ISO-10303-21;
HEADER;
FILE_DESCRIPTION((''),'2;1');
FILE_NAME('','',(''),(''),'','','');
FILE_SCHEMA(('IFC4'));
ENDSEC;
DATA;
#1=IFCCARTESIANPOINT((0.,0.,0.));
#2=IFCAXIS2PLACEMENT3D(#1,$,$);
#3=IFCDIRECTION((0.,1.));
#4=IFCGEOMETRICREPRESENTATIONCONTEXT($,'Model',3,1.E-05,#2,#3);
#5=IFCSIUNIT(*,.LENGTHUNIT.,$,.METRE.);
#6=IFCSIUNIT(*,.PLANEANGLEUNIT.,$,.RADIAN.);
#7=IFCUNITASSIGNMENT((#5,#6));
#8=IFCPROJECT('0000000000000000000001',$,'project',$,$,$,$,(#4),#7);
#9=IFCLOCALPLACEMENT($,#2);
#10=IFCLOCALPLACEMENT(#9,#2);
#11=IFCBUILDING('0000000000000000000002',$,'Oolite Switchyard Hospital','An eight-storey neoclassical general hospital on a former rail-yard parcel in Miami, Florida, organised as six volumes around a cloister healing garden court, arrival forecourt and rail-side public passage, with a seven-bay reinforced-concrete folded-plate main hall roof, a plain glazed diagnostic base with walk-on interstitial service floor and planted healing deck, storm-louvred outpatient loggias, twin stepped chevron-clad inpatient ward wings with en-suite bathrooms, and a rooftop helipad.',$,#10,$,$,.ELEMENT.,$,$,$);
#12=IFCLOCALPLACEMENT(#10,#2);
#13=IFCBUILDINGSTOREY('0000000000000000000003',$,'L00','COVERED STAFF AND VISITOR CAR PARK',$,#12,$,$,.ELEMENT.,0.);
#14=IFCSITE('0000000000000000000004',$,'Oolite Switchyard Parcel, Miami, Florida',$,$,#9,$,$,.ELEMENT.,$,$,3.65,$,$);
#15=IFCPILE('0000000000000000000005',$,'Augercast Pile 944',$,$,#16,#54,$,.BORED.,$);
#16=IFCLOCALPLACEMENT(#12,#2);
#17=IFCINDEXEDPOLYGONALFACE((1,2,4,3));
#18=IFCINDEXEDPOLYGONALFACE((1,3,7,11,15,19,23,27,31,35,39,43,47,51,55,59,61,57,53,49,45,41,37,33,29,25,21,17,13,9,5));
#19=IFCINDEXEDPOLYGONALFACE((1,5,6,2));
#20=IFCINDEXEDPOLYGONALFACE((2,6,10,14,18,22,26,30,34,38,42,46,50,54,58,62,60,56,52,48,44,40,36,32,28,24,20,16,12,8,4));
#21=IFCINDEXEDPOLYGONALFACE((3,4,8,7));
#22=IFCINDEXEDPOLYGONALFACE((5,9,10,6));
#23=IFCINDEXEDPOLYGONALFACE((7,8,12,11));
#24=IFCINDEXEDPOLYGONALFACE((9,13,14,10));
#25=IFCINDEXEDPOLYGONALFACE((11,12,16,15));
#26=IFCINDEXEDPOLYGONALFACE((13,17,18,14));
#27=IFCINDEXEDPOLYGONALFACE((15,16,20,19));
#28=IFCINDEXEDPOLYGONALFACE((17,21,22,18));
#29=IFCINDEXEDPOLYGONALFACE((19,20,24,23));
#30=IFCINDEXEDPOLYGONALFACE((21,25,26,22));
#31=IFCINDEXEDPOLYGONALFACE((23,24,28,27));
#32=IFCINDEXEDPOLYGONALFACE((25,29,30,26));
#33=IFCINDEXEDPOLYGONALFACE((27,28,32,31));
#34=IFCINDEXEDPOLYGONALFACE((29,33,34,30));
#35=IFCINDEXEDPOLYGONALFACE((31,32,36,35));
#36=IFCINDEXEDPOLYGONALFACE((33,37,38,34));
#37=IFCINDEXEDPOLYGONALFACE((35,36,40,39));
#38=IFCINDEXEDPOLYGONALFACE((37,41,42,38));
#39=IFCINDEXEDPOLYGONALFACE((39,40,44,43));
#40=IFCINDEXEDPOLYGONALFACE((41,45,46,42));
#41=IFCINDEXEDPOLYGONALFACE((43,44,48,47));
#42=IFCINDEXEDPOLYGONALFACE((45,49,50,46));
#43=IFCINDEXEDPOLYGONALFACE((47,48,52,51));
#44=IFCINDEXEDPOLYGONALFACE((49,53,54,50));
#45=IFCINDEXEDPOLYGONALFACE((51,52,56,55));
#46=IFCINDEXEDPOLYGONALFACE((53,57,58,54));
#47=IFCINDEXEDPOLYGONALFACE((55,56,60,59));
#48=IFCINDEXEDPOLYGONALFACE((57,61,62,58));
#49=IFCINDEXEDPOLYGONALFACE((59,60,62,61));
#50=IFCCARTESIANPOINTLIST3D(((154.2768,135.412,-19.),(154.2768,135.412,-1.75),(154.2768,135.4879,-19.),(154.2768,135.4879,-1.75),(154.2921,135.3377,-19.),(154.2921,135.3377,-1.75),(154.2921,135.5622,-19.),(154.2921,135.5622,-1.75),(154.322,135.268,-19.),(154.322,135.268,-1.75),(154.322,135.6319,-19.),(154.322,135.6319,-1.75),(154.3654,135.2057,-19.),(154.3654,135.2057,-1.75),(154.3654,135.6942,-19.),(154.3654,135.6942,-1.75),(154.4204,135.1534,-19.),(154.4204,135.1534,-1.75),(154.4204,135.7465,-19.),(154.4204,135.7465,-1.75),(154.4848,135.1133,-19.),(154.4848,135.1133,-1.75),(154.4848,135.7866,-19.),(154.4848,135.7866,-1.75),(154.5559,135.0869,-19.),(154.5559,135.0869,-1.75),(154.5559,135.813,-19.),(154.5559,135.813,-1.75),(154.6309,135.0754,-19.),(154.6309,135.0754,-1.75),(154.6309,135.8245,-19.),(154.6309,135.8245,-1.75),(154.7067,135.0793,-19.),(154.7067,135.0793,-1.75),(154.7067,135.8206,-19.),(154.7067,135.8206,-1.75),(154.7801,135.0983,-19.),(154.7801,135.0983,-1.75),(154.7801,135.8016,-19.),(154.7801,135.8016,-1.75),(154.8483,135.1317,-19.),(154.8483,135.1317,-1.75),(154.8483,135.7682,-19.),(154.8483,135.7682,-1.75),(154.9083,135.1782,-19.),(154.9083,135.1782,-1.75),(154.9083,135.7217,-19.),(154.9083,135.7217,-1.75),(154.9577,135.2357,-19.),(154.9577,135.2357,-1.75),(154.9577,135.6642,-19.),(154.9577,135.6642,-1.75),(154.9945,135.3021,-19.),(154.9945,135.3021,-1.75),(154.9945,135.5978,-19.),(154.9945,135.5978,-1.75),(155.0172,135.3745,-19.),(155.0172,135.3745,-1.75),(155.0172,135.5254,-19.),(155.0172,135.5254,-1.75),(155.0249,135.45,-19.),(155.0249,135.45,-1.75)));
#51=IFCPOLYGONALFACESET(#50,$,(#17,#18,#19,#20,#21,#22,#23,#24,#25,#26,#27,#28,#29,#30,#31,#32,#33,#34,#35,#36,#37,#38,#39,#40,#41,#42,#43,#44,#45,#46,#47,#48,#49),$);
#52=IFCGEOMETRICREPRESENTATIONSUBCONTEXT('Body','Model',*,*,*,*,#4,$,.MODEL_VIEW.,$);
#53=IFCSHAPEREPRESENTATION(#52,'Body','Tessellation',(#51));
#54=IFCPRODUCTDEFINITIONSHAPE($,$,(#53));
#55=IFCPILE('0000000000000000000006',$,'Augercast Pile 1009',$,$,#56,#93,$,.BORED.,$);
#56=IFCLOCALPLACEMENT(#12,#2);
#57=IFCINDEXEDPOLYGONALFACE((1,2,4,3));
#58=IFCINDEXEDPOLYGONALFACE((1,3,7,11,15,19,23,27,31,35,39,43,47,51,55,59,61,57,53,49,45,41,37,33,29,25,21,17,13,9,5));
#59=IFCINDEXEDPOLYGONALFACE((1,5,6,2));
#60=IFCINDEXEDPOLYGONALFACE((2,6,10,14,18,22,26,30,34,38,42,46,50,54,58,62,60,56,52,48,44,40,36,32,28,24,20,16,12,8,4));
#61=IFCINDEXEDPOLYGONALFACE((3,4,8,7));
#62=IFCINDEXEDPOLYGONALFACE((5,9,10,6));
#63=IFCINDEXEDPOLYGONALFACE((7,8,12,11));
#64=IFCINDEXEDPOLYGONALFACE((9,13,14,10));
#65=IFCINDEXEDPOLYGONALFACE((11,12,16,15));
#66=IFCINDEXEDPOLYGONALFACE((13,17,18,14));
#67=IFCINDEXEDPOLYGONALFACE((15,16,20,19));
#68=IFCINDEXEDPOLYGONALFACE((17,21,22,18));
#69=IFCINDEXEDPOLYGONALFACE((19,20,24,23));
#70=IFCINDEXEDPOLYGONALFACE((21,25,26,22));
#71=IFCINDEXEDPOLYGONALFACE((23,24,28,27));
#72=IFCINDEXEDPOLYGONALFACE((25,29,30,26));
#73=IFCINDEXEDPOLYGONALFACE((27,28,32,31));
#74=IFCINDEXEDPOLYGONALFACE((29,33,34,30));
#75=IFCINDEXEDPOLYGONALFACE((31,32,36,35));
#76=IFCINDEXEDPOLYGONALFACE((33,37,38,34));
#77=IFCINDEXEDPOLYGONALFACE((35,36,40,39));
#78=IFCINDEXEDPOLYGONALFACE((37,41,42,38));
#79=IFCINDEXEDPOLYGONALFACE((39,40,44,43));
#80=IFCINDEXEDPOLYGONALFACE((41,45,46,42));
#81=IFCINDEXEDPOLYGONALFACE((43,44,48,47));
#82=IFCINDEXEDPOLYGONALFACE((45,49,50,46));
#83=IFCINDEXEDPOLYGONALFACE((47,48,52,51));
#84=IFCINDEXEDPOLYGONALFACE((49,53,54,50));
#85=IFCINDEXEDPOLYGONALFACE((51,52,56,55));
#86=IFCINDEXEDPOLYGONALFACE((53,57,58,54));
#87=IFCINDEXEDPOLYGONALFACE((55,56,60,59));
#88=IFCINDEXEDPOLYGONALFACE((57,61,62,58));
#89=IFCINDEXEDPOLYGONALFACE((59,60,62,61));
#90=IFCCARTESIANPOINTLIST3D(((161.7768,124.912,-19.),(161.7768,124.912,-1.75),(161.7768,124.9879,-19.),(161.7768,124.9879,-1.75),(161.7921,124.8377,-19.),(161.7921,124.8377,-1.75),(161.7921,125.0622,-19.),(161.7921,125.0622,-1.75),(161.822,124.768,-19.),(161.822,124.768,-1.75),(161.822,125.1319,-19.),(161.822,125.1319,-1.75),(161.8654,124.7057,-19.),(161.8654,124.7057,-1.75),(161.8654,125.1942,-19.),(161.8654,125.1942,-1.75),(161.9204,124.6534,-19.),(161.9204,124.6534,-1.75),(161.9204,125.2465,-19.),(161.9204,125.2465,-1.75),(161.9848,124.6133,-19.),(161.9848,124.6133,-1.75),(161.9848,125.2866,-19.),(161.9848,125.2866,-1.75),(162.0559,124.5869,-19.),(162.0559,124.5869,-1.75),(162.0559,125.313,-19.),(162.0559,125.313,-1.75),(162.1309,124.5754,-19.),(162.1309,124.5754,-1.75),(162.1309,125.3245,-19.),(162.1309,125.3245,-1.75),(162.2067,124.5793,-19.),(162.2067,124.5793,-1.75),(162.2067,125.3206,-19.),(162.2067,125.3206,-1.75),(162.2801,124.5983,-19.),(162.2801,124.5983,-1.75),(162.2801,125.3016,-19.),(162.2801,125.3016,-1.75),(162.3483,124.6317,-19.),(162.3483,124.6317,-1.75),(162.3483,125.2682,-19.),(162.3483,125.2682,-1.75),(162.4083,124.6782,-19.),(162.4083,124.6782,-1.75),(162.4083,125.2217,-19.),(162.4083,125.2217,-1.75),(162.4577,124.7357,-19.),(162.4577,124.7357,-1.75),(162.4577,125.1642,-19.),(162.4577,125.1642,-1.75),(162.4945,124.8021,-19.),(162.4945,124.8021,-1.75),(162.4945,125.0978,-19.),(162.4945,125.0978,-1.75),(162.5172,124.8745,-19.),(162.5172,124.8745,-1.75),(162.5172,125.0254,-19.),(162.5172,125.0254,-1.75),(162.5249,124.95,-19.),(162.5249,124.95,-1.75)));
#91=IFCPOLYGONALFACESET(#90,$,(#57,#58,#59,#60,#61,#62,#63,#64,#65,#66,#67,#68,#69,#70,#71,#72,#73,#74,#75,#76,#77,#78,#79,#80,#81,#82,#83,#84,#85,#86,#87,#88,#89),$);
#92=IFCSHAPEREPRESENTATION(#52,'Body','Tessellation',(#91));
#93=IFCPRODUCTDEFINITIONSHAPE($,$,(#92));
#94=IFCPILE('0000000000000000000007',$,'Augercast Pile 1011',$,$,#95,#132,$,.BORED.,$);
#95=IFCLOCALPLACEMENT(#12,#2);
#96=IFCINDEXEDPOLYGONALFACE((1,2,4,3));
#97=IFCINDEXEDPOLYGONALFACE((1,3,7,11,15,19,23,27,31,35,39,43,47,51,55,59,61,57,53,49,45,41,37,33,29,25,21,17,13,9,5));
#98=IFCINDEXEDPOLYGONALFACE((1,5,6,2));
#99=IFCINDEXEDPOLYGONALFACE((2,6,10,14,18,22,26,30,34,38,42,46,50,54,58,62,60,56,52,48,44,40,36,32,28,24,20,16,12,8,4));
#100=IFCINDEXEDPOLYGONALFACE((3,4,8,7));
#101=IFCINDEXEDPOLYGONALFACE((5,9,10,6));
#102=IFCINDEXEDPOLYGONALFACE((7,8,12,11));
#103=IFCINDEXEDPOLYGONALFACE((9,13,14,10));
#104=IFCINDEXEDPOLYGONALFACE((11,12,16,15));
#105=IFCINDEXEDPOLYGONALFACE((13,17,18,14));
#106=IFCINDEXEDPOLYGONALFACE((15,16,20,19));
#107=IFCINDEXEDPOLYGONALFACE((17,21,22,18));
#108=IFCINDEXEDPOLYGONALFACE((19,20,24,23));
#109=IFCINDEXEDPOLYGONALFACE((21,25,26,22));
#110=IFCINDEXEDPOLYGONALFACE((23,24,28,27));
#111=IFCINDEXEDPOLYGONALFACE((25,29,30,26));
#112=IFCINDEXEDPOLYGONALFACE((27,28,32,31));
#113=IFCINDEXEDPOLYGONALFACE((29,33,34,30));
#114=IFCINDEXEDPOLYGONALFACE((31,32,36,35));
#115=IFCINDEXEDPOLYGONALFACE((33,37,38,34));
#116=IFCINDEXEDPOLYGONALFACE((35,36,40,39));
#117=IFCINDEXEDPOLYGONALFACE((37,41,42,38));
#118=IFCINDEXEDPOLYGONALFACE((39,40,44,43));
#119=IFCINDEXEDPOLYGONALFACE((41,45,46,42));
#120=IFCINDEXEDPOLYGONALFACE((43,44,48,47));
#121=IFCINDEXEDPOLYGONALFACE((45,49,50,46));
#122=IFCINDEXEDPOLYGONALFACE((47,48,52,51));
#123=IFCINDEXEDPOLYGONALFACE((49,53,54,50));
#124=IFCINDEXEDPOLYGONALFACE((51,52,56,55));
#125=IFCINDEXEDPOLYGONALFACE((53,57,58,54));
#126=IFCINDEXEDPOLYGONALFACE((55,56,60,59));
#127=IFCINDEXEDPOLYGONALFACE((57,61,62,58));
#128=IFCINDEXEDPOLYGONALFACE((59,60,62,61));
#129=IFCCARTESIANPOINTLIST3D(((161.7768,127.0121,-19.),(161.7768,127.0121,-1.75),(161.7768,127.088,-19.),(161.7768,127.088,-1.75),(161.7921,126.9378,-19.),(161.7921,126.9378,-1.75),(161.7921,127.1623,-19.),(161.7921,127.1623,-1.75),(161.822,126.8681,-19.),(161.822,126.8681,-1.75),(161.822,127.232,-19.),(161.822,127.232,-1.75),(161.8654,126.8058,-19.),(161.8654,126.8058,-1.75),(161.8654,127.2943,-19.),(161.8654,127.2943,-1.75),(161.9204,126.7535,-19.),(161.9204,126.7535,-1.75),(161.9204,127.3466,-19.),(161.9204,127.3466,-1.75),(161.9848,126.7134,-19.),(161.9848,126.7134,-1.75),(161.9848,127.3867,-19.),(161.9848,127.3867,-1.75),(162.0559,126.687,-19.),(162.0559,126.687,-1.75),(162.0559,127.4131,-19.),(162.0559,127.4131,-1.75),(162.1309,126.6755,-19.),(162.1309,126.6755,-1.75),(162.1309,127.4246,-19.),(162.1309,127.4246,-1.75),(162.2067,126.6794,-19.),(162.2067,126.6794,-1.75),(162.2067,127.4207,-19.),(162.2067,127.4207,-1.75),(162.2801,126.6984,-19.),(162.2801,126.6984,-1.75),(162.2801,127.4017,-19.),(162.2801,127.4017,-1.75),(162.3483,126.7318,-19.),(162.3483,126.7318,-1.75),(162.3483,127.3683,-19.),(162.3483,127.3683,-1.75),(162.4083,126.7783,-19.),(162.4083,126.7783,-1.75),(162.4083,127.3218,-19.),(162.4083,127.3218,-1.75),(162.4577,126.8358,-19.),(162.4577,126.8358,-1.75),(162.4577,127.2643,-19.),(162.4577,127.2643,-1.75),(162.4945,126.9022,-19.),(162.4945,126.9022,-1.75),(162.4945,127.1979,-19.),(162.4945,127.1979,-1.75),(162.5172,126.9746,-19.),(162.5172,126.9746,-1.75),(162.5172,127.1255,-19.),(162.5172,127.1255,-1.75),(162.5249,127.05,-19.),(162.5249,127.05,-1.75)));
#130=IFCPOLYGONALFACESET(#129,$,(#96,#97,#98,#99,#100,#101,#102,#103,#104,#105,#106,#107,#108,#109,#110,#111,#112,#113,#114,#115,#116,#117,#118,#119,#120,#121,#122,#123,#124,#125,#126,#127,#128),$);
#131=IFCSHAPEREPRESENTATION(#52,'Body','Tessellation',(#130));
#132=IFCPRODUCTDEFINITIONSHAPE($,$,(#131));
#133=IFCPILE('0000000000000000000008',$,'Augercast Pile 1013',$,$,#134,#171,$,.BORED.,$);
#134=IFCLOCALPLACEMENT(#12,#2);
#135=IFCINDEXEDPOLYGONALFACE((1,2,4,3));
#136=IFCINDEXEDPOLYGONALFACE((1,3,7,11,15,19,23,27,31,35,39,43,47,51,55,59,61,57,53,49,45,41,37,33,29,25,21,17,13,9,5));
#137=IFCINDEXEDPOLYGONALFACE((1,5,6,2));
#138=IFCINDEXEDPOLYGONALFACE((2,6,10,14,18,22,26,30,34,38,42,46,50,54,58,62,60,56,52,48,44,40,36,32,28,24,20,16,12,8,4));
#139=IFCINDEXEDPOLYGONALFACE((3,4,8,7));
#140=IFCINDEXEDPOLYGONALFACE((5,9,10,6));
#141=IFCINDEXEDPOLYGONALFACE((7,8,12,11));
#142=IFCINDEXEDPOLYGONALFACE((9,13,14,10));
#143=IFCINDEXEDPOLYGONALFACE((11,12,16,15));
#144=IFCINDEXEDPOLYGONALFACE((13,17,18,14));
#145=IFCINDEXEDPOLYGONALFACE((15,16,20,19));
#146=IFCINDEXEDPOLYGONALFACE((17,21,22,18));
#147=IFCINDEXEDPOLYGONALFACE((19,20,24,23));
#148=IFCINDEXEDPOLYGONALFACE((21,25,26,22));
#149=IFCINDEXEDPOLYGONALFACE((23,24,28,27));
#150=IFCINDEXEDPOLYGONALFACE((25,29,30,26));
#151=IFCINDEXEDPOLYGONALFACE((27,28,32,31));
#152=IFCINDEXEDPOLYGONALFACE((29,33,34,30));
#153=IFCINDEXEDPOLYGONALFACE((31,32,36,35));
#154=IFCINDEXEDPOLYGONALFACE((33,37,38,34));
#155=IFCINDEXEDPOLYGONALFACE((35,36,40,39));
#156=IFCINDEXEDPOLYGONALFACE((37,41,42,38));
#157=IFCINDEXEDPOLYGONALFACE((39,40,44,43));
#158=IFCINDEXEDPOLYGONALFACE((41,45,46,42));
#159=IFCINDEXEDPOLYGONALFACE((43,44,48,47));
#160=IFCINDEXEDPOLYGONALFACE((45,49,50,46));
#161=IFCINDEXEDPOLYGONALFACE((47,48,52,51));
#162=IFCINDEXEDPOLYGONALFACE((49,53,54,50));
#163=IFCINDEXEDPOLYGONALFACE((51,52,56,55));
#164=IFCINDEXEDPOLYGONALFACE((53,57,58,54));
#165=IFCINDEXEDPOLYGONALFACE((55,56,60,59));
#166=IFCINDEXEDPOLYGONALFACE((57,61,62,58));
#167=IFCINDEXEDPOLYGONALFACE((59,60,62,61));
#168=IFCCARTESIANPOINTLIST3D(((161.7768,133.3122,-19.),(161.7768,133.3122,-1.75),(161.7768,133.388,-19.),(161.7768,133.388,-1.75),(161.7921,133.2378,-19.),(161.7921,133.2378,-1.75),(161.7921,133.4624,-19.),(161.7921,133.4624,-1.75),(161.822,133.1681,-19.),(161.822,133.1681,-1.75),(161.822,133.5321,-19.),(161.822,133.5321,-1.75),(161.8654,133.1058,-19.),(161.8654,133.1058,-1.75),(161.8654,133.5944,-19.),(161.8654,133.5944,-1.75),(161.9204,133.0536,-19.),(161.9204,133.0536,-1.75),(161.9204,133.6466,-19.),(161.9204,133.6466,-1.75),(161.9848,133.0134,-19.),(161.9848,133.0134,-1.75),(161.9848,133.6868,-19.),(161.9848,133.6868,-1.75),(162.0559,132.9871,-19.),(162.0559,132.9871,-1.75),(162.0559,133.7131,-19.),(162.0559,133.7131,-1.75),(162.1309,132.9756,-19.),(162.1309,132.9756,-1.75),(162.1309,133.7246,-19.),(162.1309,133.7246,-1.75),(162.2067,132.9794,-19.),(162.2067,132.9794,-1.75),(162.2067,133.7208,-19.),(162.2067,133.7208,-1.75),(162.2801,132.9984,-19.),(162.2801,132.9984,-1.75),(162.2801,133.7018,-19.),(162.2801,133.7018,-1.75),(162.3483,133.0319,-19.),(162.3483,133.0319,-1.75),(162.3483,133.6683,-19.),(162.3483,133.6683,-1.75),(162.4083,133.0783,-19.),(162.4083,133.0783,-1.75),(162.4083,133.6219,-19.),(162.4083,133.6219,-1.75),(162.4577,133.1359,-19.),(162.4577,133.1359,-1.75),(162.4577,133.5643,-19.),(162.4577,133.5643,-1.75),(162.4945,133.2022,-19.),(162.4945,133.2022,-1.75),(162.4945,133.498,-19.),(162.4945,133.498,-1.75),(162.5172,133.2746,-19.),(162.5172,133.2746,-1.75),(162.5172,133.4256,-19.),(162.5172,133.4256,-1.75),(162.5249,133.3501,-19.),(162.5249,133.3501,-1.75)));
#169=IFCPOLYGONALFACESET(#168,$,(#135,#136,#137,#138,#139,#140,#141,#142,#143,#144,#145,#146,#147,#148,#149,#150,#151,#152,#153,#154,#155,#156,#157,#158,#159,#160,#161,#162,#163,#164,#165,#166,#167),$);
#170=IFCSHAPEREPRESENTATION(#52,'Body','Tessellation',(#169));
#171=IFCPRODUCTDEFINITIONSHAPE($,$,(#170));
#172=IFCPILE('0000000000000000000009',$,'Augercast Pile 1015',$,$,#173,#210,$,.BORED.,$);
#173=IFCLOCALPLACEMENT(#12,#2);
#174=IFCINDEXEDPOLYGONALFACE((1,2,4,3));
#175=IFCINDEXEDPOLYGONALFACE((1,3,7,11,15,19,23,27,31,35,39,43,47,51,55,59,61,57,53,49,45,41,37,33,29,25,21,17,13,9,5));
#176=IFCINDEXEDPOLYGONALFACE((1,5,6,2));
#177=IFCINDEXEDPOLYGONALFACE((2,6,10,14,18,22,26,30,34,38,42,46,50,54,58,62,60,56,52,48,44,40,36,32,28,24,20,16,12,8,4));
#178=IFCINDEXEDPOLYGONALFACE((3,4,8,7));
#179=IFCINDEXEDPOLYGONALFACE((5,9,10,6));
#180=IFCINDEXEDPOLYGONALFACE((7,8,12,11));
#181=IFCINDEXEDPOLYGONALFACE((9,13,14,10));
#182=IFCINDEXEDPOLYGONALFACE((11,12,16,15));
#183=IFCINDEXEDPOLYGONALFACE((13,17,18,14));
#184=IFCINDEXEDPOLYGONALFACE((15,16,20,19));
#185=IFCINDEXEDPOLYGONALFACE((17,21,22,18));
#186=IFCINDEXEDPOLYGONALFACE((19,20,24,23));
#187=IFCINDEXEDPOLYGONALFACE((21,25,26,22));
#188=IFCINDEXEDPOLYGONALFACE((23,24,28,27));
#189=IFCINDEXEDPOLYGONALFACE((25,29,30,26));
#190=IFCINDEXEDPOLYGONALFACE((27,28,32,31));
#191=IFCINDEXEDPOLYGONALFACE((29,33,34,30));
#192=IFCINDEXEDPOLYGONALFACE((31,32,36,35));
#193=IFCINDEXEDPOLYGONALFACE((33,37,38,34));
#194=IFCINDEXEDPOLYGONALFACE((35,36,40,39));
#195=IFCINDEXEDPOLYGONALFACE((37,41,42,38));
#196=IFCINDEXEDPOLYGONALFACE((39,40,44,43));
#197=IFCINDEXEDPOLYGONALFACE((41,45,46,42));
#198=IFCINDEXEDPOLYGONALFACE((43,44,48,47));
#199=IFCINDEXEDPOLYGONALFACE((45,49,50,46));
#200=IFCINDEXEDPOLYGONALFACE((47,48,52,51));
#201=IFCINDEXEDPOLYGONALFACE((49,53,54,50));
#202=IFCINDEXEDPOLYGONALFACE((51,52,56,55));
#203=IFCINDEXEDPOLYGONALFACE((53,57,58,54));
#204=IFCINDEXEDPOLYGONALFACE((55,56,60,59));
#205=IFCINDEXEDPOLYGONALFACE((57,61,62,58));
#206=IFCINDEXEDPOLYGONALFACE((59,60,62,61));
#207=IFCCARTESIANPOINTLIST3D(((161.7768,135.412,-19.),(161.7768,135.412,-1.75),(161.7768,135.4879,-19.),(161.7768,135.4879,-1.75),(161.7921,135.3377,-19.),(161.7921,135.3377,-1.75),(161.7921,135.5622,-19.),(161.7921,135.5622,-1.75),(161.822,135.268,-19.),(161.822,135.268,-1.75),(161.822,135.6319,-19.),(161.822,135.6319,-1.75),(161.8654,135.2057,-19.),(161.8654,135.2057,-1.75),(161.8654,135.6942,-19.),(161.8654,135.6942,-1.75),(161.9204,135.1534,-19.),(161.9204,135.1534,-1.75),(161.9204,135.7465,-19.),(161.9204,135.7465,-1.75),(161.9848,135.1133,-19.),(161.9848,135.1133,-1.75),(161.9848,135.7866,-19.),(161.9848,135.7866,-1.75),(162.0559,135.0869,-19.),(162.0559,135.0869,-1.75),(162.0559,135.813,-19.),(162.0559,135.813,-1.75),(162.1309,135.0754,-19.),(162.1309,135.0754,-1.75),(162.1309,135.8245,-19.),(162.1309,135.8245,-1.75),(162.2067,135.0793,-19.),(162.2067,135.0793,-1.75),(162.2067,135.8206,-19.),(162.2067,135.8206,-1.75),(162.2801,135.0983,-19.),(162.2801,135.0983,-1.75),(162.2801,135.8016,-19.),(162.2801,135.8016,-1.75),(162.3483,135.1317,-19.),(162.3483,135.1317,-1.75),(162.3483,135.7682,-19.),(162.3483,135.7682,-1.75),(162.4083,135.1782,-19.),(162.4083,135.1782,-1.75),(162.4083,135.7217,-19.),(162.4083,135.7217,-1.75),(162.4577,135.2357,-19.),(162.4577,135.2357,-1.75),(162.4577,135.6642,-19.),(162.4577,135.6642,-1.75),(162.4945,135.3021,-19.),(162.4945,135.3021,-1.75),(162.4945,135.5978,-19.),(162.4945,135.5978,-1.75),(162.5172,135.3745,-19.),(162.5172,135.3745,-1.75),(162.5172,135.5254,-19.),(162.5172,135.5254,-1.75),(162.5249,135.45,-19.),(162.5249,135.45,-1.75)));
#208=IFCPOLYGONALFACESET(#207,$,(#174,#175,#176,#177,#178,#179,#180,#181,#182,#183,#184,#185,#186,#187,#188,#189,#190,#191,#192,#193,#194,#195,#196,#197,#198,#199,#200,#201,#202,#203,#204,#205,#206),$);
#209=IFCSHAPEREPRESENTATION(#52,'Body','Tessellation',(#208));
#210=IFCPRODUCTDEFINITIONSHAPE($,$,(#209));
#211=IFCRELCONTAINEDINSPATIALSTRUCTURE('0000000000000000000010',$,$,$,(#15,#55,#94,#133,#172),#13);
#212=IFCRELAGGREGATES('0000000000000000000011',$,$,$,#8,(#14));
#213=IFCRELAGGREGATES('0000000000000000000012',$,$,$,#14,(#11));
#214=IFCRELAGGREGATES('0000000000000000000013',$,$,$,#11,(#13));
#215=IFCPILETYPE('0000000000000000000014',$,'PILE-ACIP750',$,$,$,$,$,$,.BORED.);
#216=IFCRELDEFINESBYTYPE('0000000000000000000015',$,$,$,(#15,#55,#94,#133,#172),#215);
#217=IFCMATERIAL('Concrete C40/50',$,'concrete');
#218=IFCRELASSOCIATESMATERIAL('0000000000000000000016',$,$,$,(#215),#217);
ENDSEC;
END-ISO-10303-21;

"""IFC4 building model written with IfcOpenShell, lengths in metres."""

from ifc_helpers import new_model, si_unit, direction, frame, origin, origin_2d, place, context, subcontext, project, spatial, circle, extrude, material, material_profile, profile_set, type_object, element, save


model = new_model("IFC4")

# Units and contexts
model_context = context("Model", 3, precision=1e-05, world=origin(), true_north=direction((0.0, 1.0)))
body_context = subcontext(model_context, "Body", "Model", "MODEL_VIEW")
ifc_project = project(units=[si_unit("LENGTHUNIT", "METRE"), si_unit("PLANEANGLEUNIT", "RADIAN")], contexts=[model_context])

# Site, building, storey
site_placement = place(None, origin())
site = spatial("IfcSite", under=ifc_project, at=site_placement, Name="Oolite Switchyard Parcel, Miami, Florida", CompositionType="ELEMENT", RefElevation=3.65)
building_placement = place(site_placement, origin())
building = spatial("IfcBuilding", under=site, at=building_placement, Name="Oolite Switchyard Hospital", Description="An eight-storey neoclassical general hospital on a former rail-yard parcel in Miami, Florida, organised as six volumes around a cloister healing garden court, arrival forecourt and rail-side public passage, with a seven-bay reinforced-concrete folded-plate main hall roof, a plain glazed diagnostic base with walk-on interstitial service floor and planted healing deck, storm-louvred outpatient loggias, twin stepped chevron-clad inpatient ward wings with en-suite bathrooms, and a rooftop helipad.", CompositionType="ELEMENT")
storey_placement = place(building_placement, origin())
storey = spatial("IfcBuildingStorey", under=building, at=storey_placement, Name="L00", Description="COVERED STAFF AND VISITOR CAR PARK", CompositionType="ELEMENT", Elevation=0.0)

# Shared definitions
ifc_material_1 = material(Name="Concrete C40/50", Category="concrete")

# Piles
ifc_material_profile_1 = material_profile(ifc_material_1, circle(Radius=0.375, at=origin_2d()), Name="PILE750")
ifc_profile_set_1 = profile_set([ifc_material_profile_1], Name="Concrete C40/50")
pile_type = type_object("IfcPileType", Name="PILE-ACIP750", PredefinedType="BORED", material=ifc_profile_set_1)
for number, where, z_axis, x_axis, name in (
    (1, (154.6499, 135.45, -1.75), (0.0, 0.0, -1.0), (1.0, 0.0, 0.0), "Augercast Pile 944"),
    (2, (162.1499, 124.95, -1.75), (0.0, 0.0, -1.0), (1.0, 0.0, 0.0), "Augercast Pile 1009"),
    (3, (162.1499, 127.05, -1.75), (0.0, 0.0, -1.0), (1.0, 0.0, 0.0), "Augercast Pile 1011"),
    (4, (162.1499, 133.3501, -1.75), (0.0, 0.0, -1.0), (1.0, 0.0, 0.0), "Augercast Pile 1013"),
    (5, (162.1499, 135.45, -1.75), (0.0, 0.0, -1.0), (1.0, 0.0, 0.0), "Augercast Pile 1015"),
):
    element("IfcPile", number, at=place(storey_placement, frame(where, z_axis=z_axis, x_axis=x_axis)), inside=storey, type_object=pile_type, Name=name, PredefinedType="BORED", context=body_context, shape_type="SweptSolid", body=[
        extrude(circle(Radius=0.375, at=origin_2d()), origin(), (0.0, 0.0, 1.0), 17.25),
    ])

save(model, "model.ifc")
